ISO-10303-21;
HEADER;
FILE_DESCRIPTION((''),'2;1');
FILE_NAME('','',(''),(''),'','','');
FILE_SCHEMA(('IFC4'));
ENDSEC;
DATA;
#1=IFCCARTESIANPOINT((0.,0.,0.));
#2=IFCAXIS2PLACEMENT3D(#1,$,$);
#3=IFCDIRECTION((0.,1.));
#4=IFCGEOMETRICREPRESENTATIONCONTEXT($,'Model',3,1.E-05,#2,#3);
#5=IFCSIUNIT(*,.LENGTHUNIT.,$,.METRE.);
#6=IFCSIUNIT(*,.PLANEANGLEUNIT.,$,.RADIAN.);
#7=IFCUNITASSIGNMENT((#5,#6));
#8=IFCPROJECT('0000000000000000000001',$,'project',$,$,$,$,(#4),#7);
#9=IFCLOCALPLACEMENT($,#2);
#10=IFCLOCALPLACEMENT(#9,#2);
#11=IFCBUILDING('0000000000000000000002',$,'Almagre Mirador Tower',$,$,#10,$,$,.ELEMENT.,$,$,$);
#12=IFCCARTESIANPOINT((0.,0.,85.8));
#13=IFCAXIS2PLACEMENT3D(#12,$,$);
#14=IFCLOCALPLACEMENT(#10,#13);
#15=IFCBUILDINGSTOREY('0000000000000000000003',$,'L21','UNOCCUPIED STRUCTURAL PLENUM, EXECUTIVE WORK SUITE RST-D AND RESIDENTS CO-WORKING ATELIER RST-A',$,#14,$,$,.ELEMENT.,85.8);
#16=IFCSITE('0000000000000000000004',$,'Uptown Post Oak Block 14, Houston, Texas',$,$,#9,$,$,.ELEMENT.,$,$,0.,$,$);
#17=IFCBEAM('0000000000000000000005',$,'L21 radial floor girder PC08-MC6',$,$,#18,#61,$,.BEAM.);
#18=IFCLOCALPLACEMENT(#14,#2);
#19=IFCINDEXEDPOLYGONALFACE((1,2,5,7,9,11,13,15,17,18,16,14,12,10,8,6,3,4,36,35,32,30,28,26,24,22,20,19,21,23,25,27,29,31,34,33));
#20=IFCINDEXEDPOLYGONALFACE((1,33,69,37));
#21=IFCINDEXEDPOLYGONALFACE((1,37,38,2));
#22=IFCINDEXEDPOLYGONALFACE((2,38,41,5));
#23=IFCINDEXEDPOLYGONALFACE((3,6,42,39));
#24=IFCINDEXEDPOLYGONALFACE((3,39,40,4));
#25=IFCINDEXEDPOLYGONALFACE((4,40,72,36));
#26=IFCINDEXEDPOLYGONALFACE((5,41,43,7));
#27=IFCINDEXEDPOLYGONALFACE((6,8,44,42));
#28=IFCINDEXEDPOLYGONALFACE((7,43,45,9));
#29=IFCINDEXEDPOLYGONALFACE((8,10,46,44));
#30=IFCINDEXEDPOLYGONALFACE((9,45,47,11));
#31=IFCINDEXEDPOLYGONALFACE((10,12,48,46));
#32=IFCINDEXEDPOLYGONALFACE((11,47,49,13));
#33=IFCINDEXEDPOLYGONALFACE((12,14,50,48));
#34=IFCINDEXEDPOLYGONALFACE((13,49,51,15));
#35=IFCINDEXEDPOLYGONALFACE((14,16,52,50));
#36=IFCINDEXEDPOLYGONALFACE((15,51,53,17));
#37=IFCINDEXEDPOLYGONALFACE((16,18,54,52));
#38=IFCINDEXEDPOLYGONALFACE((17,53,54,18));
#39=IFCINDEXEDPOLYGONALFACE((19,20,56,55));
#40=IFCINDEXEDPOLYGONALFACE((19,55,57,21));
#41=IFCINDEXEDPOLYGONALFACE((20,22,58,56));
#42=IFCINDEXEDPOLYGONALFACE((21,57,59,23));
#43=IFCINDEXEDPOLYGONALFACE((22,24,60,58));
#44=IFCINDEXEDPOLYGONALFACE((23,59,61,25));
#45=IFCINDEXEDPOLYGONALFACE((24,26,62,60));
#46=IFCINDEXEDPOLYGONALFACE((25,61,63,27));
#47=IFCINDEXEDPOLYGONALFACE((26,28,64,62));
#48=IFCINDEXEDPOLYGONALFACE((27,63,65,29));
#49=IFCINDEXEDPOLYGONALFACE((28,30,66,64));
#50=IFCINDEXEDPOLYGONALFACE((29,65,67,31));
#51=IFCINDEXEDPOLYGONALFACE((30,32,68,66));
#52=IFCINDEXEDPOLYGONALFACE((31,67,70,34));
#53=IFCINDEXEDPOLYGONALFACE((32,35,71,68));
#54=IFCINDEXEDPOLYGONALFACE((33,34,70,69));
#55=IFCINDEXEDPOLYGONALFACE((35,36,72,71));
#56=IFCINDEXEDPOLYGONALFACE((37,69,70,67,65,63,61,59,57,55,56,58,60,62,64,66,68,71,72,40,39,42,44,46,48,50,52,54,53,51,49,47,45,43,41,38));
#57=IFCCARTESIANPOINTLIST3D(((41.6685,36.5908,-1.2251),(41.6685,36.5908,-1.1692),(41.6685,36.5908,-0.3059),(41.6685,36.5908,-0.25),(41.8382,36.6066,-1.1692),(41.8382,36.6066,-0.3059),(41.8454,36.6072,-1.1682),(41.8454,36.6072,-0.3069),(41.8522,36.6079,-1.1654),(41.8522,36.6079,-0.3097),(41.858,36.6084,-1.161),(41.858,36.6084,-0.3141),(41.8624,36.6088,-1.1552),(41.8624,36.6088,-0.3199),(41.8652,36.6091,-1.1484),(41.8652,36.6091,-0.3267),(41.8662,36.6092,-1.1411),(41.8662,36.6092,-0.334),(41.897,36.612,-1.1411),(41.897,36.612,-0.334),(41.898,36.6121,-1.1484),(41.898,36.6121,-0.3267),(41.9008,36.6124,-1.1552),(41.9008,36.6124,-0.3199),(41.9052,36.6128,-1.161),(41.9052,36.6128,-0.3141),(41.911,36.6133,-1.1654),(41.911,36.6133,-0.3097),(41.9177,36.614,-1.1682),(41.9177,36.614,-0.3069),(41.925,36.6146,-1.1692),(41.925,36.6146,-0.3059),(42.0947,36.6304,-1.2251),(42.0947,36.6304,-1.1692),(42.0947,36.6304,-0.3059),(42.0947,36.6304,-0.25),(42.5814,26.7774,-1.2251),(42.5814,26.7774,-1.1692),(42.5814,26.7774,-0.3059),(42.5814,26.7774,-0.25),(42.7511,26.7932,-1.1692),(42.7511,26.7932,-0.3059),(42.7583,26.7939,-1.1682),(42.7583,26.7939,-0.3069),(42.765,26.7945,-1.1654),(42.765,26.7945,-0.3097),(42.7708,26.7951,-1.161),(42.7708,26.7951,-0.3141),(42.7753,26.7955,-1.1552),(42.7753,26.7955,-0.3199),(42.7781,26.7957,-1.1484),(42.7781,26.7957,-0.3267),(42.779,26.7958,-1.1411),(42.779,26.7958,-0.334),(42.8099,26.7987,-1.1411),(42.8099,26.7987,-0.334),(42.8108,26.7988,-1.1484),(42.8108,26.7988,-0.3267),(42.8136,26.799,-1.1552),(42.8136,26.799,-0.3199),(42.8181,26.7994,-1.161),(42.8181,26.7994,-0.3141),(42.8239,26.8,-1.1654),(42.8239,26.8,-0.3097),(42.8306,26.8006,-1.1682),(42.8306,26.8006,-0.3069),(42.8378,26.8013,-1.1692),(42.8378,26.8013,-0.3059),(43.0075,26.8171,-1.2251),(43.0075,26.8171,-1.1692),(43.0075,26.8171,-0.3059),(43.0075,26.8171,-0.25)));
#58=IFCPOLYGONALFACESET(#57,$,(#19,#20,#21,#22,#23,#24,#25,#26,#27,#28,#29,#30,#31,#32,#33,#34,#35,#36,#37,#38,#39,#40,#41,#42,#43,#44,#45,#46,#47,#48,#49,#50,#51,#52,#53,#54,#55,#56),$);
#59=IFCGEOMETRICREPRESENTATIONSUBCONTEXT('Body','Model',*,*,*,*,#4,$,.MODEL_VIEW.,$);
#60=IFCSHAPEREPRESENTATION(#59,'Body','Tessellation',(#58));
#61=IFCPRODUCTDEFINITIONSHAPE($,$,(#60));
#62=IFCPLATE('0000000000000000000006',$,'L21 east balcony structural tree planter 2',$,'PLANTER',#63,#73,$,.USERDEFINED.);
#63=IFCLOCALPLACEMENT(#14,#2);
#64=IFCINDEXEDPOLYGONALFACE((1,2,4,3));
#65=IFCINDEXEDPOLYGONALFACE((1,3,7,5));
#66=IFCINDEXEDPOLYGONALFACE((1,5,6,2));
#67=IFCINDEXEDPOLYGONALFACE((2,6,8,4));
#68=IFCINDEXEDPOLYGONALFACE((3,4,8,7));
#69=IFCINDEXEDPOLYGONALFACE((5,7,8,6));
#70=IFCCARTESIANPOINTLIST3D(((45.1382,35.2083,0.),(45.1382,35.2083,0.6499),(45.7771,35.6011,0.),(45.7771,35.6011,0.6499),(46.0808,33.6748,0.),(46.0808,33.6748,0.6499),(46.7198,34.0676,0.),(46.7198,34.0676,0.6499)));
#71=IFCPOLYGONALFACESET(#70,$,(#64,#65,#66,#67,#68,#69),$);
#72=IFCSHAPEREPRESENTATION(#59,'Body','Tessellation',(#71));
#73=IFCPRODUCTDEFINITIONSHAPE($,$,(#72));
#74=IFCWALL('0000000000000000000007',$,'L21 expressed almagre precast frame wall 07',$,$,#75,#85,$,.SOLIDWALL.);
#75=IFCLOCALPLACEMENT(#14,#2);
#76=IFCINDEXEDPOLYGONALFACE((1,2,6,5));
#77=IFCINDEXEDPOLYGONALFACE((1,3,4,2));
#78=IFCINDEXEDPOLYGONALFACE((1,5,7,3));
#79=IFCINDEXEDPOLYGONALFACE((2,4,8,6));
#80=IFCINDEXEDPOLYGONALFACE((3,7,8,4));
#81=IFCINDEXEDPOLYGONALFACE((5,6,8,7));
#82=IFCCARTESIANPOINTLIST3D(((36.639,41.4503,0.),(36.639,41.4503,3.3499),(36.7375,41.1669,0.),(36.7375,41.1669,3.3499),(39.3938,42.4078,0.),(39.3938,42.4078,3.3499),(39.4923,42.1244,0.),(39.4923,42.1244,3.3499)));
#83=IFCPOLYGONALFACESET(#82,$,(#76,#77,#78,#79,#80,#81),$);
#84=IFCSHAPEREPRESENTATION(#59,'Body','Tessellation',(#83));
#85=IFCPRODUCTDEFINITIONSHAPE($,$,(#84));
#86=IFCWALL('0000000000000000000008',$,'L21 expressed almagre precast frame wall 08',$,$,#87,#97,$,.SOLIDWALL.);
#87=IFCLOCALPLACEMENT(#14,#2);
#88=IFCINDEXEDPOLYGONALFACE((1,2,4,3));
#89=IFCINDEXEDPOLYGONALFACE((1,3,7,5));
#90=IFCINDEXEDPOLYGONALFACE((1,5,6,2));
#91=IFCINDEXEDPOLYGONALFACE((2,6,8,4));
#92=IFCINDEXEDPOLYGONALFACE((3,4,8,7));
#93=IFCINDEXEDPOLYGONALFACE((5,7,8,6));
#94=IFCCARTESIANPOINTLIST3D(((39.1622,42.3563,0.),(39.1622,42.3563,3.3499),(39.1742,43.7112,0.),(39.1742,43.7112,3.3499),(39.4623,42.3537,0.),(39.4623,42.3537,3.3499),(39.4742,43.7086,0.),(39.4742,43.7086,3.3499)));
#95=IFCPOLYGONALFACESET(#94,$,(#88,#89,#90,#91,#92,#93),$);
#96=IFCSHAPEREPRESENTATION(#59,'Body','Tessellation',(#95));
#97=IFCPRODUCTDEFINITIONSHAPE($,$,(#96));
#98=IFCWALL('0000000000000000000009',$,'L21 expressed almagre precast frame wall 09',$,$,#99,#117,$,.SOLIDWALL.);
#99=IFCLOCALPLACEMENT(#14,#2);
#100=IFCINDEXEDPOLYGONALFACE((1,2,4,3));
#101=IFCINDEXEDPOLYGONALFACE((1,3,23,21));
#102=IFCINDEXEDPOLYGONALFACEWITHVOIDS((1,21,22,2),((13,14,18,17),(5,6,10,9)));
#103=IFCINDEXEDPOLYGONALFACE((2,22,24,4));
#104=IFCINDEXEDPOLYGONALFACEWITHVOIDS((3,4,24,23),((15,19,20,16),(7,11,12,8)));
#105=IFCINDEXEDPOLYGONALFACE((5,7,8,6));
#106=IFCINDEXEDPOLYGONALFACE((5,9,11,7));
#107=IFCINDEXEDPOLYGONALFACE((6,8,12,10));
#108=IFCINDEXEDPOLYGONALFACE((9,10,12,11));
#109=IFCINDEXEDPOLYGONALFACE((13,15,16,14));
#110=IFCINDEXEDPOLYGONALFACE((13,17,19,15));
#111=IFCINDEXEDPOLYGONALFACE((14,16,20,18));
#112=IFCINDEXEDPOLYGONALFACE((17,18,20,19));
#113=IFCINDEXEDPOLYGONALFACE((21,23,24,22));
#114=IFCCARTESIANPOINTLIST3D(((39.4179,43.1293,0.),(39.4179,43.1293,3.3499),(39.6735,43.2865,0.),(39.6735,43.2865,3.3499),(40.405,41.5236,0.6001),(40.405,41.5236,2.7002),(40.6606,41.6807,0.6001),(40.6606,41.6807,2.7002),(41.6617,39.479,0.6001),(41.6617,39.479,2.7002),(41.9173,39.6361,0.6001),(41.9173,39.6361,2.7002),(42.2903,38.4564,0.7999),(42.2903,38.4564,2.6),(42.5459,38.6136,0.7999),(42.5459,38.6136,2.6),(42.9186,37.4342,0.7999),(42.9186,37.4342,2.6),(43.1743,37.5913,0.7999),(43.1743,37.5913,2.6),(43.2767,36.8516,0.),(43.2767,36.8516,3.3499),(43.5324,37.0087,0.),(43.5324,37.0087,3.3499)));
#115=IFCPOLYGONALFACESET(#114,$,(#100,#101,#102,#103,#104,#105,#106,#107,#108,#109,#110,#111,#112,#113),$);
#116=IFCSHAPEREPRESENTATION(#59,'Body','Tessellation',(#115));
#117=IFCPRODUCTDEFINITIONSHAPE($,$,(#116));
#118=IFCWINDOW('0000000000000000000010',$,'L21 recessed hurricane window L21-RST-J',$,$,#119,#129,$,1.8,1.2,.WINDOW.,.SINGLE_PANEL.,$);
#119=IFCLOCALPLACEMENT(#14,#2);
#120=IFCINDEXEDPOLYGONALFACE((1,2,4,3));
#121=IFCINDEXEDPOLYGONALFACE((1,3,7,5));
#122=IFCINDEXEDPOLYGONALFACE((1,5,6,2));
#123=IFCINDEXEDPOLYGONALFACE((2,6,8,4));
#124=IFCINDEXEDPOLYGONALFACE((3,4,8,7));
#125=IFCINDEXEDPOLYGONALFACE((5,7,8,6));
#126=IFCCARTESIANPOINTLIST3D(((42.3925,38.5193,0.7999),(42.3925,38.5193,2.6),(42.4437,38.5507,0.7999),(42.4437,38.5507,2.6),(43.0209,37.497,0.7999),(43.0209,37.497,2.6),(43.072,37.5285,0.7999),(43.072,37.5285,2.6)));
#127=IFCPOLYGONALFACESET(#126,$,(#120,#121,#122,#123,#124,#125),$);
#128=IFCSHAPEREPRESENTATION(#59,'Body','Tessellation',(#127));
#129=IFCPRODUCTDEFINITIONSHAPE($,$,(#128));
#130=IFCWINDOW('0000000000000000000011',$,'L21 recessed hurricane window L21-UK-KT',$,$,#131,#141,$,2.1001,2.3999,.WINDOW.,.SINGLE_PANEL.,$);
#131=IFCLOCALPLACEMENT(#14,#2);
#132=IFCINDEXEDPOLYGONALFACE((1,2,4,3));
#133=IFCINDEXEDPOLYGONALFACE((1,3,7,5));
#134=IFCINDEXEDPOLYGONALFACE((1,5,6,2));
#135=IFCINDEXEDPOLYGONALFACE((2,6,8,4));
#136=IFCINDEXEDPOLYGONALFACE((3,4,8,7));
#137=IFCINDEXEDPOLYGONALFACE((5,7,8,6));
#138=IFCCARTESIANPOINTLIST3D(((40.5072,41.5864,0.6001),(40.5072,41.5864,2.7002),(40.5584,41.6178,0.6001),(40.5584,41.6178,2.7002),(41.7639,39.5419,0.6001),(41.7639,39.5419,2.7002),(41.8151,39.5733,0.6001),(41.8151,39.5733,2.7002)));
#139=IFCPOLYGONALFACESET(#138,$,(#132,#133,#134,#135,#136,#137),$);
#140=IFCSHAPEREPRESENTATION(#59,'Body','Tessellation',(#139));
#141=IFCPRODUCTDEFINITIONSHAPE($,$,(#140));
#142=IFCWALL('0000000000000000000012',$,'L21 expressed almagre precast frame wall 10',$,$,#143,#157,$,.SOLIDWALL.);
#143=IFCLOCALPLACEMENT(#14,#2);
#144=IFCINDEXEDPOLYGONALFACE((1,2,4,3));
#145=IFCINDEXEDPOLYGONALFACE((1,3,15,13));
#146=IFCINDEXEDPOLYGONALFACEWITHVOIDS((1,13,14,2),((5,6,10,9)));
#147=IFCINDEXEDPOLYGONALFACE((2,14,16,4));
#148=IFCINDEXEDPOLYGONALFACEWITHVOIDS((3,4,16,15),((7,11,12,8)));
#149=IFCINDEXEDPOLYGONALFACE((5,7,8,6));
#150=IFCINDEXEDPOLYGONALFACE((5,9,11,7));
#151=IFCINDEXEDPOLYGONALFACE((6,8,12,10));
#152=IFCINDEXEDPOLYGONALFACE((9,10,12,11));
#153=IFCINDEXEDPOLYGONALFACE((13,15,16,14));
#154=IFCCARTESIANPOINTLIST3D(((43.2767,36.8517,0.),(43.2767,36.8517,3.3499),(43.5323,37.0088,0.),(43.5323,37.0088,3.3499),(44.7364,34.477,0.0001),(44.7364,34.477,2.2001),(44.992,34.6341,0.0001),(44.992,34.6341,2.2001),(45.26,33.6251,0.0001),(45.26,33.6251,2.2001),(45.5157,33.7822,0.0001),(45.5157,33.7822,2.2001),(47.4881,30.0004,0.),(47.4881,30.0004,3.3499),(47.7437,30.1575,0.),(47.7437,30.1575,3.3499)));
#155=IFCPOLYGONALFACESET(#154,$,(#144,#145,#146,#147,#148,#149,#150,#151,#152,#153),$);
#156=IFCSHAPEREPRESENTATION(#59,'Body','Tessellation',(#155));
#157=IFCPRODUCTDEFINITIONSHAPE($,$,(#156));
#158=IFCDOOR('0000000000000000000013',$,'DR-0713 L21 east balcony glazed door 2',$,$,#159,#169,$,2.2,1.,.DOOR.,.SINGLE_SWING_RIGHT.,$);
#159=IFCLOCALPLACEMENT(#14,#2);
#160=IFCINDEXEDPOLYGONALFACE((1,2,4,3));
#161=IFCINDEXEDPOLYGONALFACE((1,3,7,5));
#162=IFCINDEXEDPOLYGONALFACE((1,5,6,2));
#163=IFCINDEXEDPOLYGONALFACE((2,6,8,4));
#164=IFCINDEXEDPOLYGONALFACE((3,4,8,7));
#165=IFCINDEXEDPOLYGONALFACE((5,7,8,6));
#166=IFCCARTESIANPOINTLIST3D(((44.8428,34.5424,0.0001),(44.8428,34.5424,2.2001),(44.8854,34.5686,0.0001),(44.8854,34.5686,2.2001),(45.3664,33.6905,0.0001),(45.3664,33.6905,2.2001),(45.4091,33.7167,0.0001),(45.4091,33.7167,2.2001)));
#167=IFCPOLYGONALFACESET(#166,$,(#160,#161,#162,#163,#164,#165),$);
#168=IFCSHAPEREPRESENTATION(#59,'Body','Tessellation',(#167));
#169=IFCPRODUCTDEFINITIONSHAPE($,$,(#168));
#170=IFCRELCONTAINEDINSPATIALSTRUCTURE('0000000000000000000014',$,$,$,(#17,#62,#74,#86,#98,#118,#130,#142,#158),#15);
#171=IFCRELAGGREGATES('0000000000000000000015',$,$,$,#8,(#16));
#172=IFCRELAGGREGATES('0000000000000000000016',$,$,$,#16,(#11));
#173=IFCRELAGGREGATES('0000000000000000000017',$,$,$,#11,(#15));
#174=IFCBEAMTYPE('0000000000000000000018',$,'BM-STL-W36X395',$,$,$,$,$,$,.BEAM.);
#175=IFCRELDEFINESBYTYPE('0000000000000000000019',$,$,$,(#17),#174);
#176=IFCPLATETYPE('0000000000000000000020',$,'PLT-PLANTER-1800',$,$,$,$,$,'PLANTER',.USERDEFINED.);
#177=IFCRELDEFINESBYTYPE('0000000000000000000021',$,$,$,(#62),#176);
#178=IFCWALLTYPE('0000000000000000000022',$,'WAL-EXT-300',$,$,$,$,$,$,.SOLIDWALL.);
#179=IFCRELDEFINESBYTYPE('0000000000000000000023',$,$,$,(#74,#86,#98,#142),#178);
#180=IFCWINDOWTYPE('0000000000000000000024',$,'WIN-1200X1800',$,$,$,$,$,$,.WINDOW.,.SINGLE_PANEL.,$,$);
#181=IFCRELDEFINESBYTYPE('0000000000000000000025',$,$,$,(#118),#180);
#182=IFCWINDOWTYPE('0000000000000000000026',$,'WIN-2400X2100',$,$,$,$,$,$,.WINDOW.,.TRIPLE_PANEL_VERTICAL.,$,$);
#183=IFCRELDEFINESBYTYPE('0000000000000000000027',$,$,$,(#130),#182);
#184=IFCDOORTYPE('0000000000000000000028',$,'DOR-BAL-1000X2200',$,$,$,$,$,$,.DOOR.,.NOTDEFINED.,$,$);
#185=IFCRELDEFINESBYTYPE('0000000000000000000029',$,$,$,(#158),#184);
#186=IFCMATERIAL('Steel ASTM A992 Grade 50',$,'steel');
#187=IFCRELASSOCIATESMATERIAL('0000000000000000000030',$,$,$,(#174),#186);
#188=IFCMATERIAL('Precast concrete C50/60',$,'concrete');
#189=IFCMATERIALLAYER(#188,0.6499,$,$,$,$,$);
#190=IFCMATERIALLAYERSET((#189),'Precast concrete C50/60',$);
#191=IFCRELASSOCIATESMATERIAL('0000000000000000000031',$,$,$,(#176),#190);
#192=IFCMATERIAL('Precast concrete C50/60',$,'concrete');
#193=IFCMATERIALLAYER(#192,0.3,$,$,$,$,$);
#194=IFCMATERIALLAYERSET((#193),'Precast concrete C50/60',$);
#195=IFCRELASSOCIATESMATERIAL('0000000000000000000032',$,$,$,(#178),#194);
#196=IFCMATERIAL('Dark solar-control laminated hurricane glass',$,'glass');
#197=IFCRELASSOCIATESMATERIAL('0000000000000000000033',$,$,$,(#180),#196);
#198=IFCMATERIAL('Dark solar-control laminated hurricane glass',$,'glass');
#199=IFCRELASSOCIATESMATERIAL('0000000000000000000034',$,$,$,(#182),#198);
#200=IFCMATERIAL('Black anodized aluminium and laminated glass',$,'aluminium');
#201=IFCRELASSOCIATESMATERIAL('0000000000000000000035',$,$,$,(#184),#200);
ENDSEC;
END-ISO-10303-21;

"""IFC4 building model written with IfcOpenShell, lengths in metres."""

from ifc_helpers import new_model, si_unit, direction, frame, frame_2d, origin, origin_2d, place, context, subcontext, project, spatial, rectangle, i_section, extrude, material, layer, layer_set, material_profile, profile_set, type_object, element, fill, save


model = new_model("IFC4")

# Units and contexts
model_context = context("Model", 3, precision=1e-05, world=origin(), true_north=direction((0.0, 1.0)))
body_context = subcontext(model_context, "Body", "Model", "MODEL_VIEW")
ifc_project = project(units=[si_unit("LENGTHUNIT", "METRE"), si_unit("PLANEANGLEUNIT", "RADIAN")], contexts=[model_context])

# Site, building, storey
site_placement = place(None, origin())
site = spatial("IfcSite", under=ifc_project, at=site_placement, Name="Uptown Post Oak Block 14, Houston, Texas", CompositionType="ELEMENT", RefElevation=0.0)
building_placement = place(site_placement, origin())
building = spatial("IfcBuilding", under=site, at=building_placement, Name="Almagre Mirador Tower", CompositionType="ELEMENT")
storey_placement = place(building_placement, frame((0.0, 0.0, 85.8)))
storey = spatial("IfcBuildingStorey", under=building, at=storey_placement, Name="L21", Description="UNOCCUPIED STRUCTURAL PLENUM, EXECUTIVE WORK SUITE RST-D AND RESIDENTS CO-WORKING ATELIER RST-A", CompositionType="ELEMENT", Elevation=85.8)

# Beam
ifc_material_1 = material(Name="Steel ASTM A992 Grade 50", Category="steel")
ifc_material_profile_1 = material_profile(ifc_material_1, i_section(OverallWidth=0.428, OverallDepth=0.9751, WebThickness=0.031, FlangeThickness=0.0559, FilletRadius=0.0281, at=origin_2d()), Name="W36X395")
ifc_profile_set_1 = profile_set([ifc_material_profile_1], Name="Steel ASTM A992 Grade 50")
beam_type_1 = type_object("IfcBeamType", Name="BM-STL-W36X395", PredefinedType="BEAM", material=ifc_profile_set_1)
beam_1_placement = place(storey_placement, frame((41.8816, 36.6106, -0.7375), z_axis=(0.092622, -0.995701, 0.0), x_axis=(0.995701, 0.092622, 0.0)))
element("IfcBeam", 1, at=beam_1_placement, inside=storey, type_object=beam_type_1, Name="L21 radial floor girder PC08-MC6", PredefinedType="BEAM", context=body_context, shape_type="SweptSolid", body=[
    extrude(i_section(OverallWidth=0.428, OverallDepth=0.9751, WebThickness=0.031, FlangeThickness=0.0559, FilletRadius=0.0281, at=origin_2d()), origin(), (0.0, 0.0, 1.0), 9.8557),
])

# Plate
ifc_material_2 = material(Name="Precast concrete C50/60", Category="concrete")
ifc_layer_1 = layer(ifc_material_2, 0.6499)
ifc_layer_set_1 = layer_set([ifc_layer_1], Name="Precast concrete C50/60")
plate_type = type_object("IfcPlateType", Name="PLT-PLANTER-1800", ElementType="PLANTER", PredefinedType="USERDEFINED", material=ifc_layer_set_1)
plate_placement = place(storey_placement, frame((45.929, 34.6379, 0.0), z_axis=(0.0, 0.0, 1.0), x_axis=(-0.523689, 0.85191, 0.0)))
element("IfcPlate", 2, at=plate_placement, inside=storey, type_object=plate_type, Name="L21 east balcony structural tree planter 2", ObjectType="PLANTER", PredefinedType="USERDEFINED", context=body_context, shape_type="SweptSolid", body=[
    extrude(rectangle(XDim=1.8, YDim=0.75, at=origin_2d()), origin(), (0.0, 0.0, 1.0), 0.6499),
])

# Walls
ifc_material_3 = material(Name="Precast concrete C50/60", Category="concrete")
ifc_layer_2 = layer(ifc_material_3, 0.3)
ifc_layer_set_2 = layer_set([ifc_layer_2], Name="Precast concrete C50/60")
wall_type_1 = type_object("IfcWallType", Name="WAL-EXT-300", PredefinedType="SOLIDWALL", material=ifc_layer_set_2)
wall_1_placement = place(storey_placement, frame((36.6882, 41.3086, 0.0), z_axis=(0.0, 0.0, 1.0), x_axis=(0.944571, 0.328306, 0.0)))
element("IfcWall", 3, at=wall_1_placement, inside=storey, type_object=wall_type_1, Name="L21 expressed almagre precast frame wall 07", PredefinedType="SOLIDWALL", context=body_context, shape_type="SweptSolid", body=[
    extrude(rectangle(XDim=2.9165, YDim=0.3, at=frame_2d((1.4583, 0.0))), origin(), (0.0, 0.0, 1.0), 3.3499),
])
wall_2_placement = place(storey_placement, frame((39.3123, 42.355, 0.0), z_axis=(0.0, 0.0, 1.0), x_axis=(0.008828, 0.999961, 0.0)))
element("IfcWall", 4, at=wall_2_placement, inside=storey, type_object=wall_type_1, Name="L21 expressed almagre precast frame wall 08", PredefinedType="SOLIDWALL", context=body_context, shape_type="SweptSolid", body=[
    extrude(rectangle(XDim=1.355, YDim=0.3, at=frame_2d((0.6775, 0.0))), origin(), (0.0, 0.0, 1.0), 3.3499),
])

# Wall, openings, windows
wall_3_placement = place(storey_placement, frame((39.5457, 43.208, 0.0), z_axis=(0.0, 0.0, 1.0), x_axis=(0.523665, -0.851924, 0.0)))
wall_3 = element("IfcWall", 5, at=wall_3_placement, inside=storey, type_object=wall_type_1, Name="L21 expressed almagre precast frame wall 09", PredefinedType="SOLIDWALL", context=body_context, shape_type="SweptSolid", body=[
    extrude(rectangle(XDim=7.3689, YDim=0.3, at=frame_2d((3.6846, 0.0))), origin(), (0.0, 0.0, 1.0), 3.3499),
])
opening_1_placement = place(wall_3_placement, frame((5.4851, 0.0, 0.8)))
opening_1 = element("IfcOpeningElement", 6, at=opening_1_placement, cuts=wall_3, PredefinedType="OPENING", context=body_context, shape_type="SweptSolid", body=[
    extrude(rectangle(XDim=1.2, YDim=1.8, at=frame_2d((0.6001, 0.8999))), frame((0.0, 0.1599, 0.0), z_axis=(0.0, -1.0, 0.0), x_axis=(1.0, 0.0, 0.0)), (0.0, 0.0, 1.0), 0.32),
])
opening_2_placement = place(wall_3_placement, frame((1.885, 0.0, 0.6001)))
opening_2 = element("IfcOpeningElement", 7, at=opening_2_placement, cuts=wall_3, PredefinedType="OPENING", context=body_context, shape_type="SweptSolid", body=[
    extrude(rectangle(XDim=2.3999, YDim=2.1001, at=frame_2d((1.2, 1.05))), frame((0.0, 0.1599, 0.0), z_axis=(0.0, -1.0, 0.0), x_axis=(1.0, 0.0, 0.0)), (0.0, 0.0, 1.0), 0.32),
])
ifc_material_4 = material(Name="Dark solar-control laminated hurricane glass", Category="glass")
window_type_1 = type_object("IfcWindowType", Name="WIN-1200X1800", PartitioningType="SINGLE_PANEL", PredefinedType="WINDOW", material=ifc_material_4)
window_1_placement = place(opening_1_placement, origin())
window_1 = element("IfcWindow", 8, at=window_1_placement, inside=storey, type_object=window_type_1, Name="L21 recessed hurricane window L21-RST-J", OverallHeight=1.8, OverallWidth=1.2, PartitioningType="SINGLE_PANEL", PredefinedType="WINDOW", context=body_context, shape_type="SweptSolid", body=[
    extrude(rectangle(XDim=1.2, YDim=1.8, at=frame_2d((0.6001, 0.8999))), frame((0.0, 0.03, 0.0), z_axis=(0.0, -1.0, 0.0), x_axis=(1.0, 0.0, 0.0)), (0.0, 0.0, 1.0), 0.0601),
])
fill(opening_1, window_1)
ifc_material_5 = material(Name="Dark solar-control laminated hurricane glass", Category="glass")
window_type_2 = type_object("IfcWindowType", Name="WIN-2400X2100", PartitioningType="TRIPLE_PANEL_VERTICAL", PredefinedType="WINDOW", material=ifc_material_5)
window_2_placement = place(opening_2_placement, origin())
window_2 = element("IfcWindow", 9, at=window_2_placement, inside=storey, type_object=window_type_2, Name="L21 recessed hurricane window L21-UK-KT", OverallHeight=2.1001, OverallWidth=2.3999, PartitioningType="SINGLE_PANEL", PredefinedType="WINDOW", context=body_context, shape_type="SweptSolid", body=[
    extrude(rectangle(XDim=2.3999, YDim=2.1001, at=frame_2d((1.2, 1.05))), frame((0.0, 0.03, 0.0), z_axis=(0.0, -1.0, 0.0), x_axis=(1.0, 0.0, 0.0)), (0.0, 0.0, 1.0), 0.0601),
])
fill(opening_2, window_2)

# Wall, opening, door
wall_4_placement = place(storey_placement, frame((43.4045, 36.9302, 0.0), z_axis=(0.0, 0.0, 1.0), x_axis=(0.523667, -0.851923, 0.0)))
wall_4 = element("IfcWall", 10, at=wall_4_placement, inside=storey, type_object=wall_type_1, Name="L21 expressed almagre precast frame wall 10", PredefinedType="SOLIDWALL", context=body_context, shape_type="SweptSolid", body=[
    extrude(rectangle(XDim=8.0422, YDim=0.3, at=frame_2d((4.021, 0.0))), origin(), (0.0, 0.0, 1.0), 3.3499),
])
opening_3_placement = place(wall_4_placement, frame((2.7874, 0.0, 0.0)))
opening_3 = element("IfcOpeningElement", 11, at=opening_3_placement, cuts=wall_4, PredefinedType="OPENING", context=body_context, shape_type="SweptSolid", body=[
    extrude(rectangle(XDim=1.0, YDim=2.2, at=frame_2d((0.5, 1.1001))), frame((0.0, 0.1599, 0.0), z_axis=(0.0, -1.0, 0.0), x_axis=(1.0, 0.0, 0.0)), (0.0, 0.0, 1.0), 0.32),
])
ifc_material_6 = material(Name="Black anodized aluminium and laminated glass", Category="aluminium")
door_type = type_object("IfcDoorType", Name="DOR-BAL-1000X2200", OperationType="NOTDEFINED", PredefinedType="DOOR", material=ifc_material_6)
door_placement = place(opening_3_placement, origin())
door = element("IfcDoor", 12, at=door_placement, inside=storey, type_object=door_type, Name="DR-0713 L21 east balcony glazed door 2", OperationType="SINGLE_SWING_RIGHT", OverallHeight=2.2, OverallWidth=1.0, PredefinedType="DOOR", context=body_context, shape_type="SweptSolid", body=[
    extrude(rectangle(XDim=1.0, YDim=2.2, at=frame_2d((0.5, 1.1001))), frame((0.0, 0.0249, 0.0), z_axis=(0.0, -1.0, 0.0), x_axis=(1.0, 0.0, 0.0)), (0.0, 0.0, 1.0), 0.05),
])
fill(opening_3, door)

save(model, "model.ifc")
